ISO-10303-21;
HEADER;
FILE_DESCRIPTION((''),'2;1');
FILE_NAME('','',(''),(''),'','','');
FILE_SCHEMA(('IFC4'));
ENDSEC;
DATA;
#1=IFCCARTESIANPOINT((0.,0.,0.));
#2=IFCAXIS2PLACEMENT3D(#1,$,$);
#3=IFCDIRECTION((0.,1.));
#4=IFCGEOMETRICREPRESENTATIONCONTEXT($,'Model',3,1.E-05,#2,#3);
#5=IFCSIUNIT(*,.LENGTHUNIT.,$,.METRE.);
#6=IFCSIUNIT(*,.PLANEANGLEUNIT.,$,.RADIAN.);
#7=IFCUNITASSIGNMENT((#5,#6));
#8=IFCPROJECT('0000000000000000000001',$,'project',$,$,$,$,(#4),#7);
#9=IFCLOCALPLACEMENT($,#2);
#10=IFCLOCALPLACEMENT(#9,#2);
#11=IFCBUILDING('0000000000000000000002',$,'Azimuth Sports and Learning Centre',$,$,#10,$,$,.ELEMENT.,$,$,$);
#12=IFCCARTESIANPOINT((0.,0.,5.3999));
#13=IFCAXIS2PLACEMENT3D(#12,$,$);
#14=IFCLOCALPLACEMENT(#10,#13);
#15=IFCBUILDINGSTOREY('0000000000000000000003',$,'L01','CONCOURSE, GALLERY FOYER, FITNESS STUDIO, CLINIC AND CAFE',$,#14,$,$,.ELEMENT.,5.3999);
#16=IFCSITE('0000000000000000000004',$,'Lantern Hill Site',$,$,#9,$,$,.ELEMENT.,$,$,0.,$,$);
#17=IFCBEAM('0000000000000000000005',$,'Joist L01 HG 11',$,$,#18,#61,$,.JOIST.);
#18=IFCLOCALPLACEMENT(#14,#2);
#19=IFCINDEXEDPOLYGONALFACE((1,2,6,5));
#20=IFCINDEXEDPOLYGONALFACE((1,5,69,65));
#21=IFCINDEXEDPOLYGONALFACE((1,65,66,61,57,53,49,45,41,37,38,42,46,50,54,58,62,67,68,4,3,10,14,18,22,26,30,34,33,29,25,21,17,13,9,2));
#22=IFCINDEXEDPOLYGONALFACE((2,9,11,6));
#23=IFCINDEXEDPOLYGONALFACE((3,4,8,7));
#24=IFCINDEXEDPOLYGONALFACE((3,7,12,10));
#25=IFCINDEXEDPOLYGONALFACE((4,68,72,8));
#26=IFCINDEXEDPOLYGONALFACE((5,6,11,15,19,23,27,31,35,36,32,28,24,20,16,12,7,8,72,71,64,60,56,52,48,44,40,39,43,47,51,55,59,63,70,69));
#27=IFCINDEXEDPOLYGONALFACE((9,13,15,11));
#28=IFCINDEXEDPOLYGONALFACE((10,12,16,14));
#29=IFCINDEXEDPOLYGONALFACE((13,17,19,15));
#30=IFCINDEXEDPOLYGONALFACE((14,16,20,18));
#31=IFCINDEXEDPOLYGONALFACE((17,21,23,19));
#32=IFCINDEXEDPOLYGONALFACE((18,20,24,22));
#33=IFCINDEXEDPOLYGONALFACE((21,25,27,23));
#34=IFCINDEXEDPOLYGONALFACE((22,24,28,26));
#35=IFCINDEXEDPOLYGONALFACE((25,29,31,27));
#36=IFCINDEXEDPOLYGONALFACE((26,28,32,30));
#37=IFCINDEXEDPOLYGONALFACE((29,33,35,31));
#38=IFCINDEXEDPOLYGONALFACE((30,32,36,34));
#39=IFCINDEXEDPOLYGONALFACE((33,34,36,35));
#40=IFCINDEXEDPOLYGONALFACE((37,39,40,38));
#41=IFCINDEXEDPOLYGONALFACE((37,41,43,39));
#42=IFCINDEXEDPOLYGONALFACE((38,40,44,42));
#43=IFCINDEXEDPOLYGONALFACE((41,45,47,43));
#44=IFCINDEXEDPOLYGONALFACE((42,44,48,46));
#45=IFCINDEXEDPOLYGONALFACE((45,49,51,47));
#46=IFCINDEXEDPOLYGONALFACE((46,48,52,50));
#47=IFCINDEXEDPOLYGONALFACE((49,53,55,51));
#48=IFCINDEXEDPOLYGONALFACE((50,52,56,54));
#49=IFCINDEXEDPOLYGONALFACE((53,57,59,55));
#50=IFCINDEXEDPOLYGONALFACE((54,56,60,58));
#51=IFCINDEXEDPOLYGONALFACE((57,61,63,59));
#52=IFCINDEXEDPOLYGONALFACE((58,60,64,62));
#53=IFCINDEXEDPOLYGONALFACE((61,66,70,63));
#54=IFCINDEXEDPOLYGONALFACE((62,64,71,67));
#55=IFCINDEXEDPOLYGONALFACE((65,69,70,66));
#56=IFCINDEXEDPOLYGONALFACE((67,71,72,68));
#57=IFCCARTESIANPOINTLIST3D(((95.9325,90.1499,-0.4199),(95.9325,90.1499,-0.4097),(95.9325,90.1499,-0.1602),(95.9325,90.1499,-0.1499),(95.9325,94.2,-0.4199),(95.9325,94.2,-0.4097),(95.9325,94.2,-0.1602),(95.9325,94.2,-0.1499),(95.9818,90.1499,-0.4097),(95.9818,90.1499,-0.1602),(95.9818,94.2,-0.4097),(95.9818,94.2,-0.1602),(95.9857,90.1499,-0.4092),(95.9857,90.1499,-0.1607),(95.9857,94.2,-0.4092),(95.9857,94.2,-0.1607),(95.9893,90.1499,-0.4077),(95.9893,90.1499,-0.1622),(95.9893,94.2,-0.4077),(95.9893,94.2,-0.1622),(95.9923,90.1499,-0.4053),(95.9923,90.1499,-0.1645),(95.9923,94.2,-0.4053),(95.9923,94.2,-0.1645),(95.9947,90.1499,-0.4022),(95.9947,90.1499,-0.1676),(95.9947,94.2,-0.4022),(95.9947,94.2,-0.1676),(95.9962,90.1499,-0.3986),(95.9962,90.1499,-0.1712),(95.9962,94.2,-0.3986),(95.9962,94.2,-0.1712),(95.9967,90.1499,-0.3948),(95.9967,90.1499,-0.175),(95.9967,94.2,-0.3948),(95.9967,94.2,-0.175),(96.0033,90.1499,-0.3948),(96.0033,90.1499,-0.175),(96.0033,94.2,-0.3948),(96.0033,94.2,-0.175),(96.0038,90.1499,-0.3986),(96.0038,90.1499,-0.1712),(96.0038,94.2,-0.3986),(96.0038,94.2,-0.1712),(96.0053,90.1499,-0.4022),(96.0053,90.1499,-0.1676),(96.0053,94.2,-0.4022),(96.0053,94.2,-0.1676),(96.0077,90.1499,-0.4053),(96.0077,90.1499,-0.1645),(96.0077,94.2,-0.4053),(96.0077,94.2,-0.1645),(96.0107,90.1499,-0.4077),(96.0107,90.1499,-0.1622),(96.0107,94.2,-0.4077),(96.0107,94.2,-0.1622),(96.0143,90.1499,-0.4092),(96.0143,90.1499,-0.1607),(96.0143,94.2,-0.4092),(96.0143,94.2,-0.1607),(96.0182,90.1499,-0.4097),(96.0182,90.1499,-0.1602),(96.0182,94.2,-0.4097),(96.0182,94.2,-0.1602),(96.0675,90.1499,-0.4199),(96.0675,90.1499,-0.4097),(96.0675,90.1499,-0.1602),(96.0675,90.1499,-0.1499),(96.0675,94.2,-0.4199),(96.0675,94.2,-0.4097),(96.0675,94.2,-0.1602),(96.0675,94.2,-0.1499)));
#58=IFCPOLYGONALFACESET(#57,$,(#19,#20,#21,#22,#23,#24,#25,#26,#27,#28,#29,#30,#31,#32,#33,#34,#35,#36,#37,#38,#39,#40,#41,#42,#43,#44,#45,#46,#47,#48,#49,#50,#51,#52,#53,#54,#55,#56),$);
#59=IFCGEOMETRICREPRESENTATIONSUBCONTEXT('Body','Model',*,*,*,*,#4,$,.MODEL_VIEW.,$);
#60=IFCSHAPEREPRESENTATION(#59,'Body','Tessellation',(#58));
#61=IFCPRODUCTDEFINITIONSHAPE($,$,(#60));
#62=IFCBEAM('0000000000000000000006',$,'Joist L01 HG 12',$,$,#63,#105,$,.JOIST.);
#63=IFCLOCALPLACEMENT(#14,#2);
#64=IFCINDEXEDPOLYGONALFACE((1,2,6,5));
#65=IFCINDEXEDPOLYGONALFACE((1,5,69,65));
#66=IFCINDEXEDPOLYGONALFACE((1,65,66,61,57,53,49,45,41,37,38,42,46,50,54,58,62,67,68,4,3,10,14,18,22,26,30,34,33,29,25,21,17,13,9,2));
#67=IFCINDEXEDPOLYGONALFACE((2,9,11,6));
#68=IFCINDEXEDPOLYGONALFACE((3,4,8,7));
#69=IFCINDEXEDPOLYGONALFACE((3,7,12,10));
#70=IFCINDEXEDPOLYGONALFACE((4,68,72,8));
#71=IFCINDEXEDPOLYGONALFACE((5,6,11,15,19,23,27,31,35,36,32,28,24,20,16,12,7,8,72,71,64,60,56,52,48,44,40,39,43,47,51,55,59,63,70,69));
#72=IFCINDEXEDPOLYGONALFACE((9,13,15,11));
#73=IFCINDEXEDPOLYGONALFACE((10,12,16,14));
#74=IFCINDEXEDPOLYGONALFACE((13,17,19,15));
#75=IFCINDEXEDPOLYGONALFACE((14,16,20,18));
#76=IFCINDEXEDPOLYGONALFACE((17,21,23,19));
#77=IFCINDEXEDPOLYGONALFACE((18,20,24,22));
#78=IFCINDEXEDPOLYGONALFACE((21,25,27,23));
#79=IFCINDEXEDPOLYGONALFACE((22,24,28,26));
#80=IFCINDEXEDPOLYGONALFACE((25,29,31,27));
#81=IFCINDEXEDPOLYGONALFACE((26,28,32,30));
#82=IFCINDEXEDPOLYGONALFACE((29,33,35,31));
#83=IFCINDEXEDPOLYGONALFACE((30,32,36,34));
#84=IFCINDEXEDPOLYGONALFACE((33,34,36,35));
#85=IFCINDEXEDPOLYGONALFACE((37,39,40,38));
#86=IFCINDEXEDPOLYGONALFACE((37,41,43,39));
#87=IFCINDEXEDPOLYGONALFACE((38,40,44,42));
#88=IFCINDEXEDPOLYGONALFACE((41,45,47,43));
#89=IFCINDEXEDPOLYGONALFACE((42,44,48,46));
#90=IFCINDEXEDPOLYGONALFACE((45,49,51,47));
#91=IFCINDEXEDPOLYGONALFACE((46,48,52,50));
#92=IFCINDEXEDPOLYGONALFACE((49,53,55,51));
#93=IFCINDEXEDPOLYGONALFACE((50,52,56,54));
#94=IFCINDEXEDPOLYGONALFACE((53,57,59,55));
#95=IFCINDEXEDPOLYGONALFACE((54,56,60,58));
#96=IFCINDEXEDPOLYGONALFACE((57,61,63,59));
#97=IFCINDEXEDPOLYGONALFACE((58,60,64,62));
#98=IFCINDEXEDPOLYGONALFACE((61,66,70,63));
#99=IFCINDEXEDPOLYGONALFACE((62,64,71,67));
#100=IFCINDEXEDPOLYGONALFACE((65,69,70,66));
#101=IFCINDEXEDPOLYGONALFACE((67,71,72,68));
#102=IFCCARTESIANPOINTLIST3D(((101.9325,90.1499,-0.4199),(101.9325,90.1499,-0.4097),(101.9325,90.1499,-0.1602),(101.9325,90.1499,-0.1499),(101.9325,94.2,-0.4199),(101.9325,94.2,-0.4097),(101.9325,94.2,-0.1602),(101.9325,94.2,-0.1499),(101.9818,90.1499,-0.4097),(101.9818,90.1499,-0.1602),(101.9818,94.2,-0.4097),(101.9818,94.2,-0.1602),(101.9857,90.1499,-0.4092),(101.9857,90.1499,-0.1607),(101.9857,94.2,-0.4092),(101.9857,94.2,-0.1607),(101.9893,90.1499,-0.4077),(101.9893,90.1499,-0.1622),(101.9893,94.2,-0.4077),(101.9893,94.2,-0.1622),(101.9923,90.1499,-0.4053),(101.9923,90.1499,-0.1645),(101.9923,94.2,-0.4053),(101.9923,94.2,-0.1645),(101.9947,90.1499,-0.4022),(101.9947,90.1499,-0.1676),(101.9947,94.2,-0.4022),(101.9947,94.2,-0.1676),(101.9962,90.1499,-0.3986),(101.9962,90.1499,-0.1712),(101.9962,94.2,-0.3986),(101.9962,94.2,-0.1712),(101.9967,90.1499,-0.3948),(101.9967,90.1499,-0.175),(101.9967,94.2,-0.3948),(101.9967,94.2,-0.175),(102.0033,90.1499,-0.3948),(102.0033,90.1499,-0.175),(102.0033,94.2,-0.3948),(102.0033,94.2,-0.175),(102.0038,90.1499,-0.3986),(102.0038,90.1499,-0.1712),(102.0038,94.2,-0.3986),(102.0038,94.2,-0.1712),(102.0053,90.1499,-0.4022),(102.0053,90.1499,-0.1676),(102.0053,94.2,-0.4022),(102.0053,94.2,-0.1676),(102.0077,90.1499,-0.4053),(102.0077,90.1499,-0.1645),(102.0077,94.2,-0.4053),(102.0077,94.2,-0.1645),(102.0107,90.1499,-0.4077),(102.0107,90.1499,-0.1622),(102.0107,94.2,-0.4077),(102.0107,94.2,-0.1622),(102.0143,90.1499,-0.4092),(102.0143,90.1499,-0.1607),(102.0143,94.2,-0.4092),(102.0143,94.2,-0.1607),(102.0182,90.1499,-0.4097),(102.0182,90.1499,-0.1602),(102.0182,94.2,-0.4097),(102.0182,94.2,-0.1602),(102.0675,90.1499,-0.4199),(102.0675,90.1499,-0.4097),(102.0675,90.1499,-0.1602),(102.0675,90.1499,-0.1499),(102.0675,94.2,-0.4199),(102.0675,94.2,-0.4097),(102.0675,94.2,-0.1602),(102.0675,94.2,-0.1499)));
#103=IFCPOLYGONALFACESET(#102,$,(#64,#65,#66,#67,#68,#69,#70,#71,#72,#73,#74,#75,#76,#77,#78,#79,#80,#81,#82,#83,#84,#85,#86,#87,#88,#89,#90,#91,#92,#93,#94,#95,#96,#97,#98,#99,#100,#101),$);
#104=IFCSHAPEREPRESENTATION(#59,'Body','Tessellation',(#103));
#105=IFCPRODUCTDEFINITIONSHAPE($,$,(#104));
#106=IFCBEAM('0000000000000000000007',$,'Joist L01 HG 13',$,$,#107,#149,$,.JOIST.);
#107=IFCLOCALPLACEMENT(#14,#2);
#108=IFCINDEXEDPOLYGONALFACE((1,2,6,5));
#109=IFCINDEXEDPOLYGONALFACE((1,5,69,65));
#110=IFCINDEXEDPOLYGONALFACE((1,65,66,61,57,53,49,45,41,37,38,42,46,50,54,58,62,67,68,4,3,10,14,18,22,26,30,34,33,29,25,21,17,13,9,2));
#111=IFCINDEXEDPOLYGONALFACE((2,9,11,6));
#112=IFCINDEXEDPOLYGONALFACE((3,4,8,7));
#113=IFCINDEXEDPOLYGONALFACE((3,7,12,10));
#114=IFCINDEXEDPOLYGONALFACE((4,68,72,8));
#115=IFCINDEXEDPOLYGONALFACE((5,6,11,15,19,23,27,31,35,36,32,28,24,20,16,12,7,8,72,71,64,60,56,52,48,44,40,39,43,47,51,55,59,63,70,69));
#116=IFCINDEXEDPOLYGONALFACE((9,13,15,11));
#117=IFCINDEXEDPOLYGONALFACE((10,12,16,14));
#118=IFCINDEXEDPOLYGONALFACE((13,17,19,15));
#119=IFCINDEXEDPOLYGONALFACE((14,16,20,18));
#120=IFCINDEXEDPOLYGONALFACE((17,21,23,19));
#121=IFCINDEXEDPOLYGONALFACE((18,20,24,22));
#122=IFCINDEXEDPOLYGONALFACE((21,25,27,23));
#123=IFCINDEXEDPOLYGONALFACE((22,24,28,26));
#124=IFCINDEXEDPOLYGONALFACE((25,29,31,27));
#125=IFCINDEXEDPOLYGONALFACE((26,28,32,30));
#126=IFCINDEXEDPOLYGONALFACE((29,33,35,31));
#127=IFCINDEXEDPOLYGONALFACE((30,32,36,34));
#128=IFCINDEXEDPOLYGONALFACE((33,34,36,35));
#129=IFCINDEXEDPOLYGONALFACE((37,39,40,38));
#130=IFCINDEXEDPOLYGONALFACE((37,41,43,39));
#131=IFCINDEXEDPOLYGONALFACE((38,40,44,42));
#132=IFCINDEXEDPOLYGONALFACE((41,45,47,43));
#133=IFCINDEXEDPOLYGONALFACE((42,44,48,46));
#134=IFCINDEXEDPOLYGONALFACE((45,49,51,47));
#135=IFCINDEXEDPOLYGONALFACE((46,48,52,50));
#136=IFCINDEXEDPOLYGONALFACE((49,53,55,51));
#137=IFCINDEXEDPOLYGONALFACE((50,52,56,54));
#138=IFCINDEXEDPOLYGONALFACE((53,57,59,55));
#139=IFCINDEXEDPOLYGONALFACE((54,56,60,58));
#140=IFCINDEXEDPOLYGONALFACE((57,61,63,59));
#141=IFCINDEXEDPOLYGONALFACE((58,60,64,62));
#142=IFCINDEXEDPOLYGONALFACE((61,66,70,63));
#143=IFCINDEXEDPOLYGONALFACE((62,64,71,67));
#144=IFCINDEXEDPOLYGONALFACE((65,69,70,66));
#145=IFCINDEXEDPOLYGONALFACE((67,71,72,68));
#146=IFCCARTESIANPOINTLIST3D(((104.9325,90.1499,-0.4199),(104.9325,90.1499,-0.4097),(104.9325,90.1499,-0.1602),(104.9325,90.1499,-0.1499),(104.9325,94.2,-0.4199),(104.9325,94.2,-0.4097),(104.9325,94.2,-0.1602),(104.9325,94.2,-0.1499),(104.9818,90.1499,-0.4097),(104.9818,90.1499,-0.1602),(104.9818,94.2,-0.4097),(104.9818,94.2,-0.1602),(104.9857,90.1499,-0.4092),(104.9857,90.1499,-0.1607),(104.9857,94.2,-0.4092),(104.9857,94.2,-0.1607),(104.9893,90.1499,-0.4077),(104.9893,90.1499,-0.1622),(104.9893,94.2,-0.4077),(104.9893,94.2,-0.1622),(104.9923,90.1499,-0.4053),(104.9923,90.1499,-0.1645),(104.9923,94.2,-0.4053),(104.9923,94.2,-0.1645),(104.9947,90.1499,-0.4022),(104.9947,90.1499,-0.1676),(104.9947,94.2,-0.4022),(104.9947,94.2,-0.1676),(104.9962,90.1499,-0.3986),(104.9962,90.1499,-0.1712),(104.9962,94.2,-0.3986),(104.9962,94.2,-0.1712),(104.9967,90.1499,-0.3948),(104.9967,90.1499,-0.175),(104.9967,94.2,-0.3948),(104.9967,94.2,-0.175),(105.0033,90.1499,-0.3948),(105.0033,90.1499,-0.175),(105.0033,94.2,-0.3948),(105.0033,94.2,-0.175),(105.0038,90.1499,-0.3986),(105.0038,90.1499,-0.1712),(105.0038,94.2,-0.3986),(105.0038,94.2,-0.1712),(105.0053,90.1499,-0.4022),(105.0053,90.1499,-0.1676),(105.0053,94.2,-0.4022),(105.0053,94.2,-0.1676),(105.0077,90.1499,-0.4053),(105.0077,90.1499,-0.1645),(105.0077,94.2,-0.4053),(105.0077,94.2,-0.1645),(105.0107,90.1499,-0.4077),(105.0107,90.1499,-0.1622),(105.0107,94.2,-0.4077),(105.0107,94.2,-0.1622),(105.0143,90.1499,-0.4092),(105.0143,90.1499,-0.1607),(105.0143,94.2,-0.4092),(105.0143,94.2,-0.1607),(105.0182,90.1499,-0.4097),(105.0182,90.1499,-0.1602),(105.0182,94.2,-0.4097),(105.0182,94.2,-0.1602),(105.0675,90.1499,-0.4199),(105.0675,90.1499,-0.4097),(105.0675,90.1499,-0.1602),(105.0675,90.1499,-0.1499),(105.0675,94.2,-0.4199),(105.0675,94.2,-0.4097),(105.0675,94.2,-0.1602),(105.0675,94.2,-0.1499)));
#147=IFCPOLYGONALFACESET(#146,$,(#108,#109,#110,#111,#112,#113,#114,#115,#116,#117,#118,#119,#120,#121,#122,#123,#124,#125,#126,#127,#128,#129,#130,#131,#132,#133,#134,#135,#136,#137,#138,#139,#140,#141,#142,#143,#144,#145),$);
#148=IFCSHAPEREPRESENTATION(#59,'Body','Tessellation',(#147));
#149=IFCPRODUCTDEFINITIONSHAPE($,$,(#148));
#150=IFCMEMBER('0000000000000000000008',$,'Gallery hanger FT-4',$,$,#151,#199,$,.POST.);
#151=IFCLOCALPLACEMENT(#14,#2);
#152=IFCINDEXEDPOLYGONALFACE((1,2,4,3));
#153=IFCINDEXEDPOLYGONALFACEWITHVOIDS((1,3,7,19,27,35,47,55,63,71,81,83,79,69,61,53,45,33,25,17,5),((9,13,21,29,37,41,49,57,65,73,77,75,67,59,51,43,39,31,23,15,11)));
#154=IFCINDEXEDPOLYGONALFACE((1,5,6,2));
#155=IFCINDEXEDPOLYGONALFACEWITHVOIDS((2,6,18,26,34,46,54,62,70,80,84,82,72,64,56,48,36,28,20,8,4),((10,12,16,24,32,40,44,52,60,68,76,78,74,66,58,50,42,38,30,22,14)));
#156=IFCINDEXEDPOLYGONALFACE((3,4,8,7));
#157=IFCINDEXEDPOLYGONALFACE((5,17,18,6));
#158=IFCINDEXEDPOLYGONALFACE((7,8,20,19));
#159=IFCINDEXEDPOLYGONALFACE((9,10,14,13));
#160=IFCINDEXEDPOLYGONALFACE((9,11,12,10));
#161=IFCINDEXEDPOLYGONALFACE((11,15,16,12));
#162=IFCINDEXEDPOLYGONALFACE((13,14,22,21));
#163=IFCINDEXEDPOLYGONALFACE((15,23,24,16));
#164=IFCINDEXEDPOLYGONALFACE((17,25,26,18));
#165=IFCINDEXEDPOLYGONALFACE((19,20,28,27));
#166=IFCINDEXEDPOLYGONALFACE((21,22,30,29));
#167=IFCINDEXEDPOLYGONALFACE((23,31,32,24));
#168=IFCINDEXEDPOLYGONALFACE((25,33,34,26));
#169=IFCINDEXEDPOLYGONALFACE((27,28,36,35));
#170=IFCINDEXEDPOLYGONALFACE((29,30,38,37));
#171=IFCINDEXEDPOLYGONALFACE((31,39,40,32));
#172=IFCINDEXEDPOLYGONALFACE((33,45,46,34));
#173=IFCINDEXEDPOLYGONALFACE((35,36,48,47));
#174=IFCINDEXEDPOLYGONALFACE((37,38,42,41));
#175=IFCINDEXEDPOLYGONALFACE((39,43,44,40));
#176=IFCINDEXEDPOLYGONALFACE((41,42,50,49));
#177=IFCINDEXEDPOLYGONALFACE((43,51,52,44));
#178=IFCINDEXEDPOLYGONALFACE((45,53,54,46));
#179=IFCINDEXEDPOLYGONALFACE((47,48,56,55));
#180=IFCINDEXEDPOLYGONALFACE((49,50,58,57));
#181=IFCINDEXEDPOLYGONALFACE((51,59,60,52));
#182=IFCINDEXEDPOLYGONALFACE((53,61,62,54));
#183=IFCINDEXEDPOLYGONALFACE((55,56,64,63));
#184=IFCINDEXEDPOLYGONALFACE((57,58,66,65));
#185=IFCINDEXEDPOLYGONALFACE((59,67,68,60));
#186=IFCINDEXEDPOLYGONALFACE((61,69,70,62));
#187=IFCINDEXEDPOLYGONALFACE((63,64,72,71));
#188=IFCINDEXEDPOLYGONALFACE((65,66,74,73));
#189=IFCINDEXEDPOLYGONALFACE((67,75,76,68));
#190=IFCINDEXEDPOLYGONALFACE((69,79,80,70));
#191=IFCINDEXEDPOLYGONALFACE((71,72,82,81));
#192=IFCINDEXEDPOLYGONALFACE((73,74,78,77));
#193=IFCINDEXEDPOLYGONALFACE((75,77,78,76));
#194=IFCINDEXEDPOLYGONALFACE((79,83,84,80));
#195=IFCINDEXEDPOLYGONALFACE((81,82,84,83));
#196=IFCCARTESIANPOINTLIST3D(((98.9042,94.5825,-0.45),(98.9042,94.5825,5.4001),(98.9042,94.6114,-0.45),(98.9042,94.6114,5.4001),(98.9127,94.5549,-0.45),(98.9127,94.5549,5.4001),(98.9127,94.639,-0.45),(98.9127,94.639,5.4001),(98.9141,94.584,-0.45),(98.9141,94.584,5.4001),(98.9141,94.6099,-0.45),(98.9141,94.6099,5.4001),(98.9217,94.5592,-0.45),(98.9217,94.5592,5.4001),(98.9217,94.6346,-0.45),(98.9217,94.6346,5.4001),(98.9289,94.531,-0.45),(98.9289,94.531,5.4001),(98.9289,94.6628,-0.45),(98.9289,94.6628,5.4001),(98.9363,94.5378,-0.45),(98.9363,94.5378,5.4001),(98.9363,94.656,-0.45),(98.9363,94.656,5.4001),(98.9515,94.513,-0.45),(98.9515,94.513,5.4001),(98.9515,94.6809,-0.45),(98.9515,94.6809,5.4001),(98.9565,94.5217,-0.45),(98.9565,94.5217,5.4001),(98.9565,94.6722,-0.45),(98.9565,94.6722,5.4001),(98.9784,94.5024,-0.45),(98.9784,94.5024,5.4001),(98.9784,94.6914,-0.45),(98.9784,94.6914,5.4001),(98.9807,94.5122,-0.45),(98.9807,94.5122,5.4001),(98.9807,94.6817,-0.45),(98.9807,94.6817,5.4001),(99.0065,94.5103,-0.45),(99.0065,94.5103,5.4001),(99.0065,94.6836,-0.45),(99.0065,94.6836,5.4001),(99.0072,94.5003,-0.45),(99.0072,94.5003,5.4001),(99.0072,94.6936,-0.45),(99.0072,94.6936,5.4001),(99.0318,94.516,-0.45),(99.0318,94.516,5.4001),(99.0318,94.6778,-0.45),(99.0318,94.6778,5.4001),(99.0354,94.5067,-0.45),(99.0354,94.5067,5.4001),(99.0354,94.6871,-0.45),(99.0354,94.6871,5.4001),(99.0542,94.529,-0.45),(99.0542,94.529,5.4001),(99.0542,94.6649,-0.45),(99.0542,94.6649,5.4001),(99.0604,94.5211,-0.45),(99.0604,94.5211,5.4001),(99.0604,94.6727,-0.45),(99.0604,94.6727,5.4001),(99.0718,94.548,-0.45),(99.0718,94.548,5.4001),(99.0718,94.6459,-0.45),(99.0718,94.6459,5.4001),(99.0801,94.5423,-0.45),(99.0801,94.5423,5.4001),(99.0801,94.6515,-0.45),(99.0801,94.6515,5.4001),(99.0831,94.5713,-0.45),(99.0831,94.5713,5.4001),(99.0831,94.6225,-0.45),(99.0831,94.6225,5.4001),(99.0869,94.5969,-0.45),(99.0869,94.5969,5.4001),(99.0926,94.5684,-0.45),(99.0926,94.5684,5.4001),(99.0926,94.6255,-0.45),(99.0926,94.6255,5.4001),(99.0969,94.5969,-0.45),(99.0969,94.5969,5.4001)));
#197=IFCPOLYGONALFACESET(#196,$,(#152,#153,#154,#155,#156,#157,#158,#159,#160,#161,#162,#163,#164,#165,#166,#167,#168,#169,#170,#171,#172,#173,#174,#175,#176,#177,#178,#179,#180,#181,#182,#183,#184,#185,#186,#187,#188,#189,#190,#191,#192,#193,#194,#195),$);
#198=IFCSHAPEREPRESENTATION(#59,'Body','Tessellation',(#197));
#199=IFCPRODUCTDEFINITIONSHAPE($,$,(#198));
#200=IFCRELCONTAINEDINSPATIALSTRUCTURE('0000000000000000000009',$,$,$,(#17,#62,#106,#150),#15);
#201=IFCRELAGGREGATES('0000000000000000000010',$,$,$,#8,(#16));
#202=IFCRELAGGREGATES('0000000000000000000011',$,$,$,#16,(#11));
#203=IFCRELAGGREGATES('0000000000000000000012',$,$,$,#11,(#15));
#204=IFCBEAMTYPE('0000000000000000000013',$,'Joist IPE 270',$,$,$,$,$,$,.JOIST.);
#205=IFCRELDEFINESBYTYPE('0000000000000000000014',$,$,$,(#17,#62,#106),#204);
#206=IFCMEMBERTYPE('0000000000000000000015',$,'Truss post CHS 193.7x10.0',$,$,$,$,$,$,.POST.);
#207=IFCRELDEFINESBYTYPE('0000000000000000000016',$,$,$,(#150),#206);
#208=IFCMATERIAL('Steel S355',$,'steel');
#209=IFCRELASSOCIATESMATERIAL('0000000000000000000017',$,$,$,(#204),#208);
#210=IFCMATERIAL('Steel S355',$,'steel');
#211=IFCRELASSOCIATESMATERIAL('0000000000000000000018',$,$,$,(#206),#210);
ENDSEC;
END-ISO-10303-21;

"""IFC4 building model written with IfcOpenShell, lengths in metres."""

from ifc_helpers import new_model, si_unit, direction, frame, origin, origin_2d, place, context, subcontext, project, spatial, hollow_circle, i_section, extrude, material, material_profile, profile_set, type_object, element, save


model = new_model("IFC4")

# Units and contexts
model_context = context("Model", 3, precision=1e-05, world=origin(), true_north=direction((0.0, 1.0)))
body_context = subcontext(model_context, "Body", "Model", "MODEL_VIEW")
ifc_project = project(units=[si_unit("LENGTHUNIT", "METRE"), si_unit("PLANEANGLEUNIT", "RADIAN")], contexts=[model_context])

# Site, building, storey
site_placement = place(None, origin())
site = spatial("IfcSite", under=ifc_project, at=site_placement, Name="Lantern Hill Site", CompositionType="ELEMENT", RefElevation=0.0)
building_placement = place(site_placement, origin())
building = spatial("IfcBuilding", under=site, at=building_placement, Name="Azimuth Sports and Learning Centre", CompositionType="ELEMENT")
storey_placement = place(building_placement, frame((0.0, 0.0, 5.3999)))
storey = spatial("IfcBuildingStorey", under=building, at=storey_placement, Name="L01", Description="CONCOURSE, GALLERY FOYER, FITNESS STUDIO, CLINIC AND CAFE", CompositionType="ELEMENT", Elevation=5.3999)

# Beams
ifc_material_1 = material(Name="Steel S355", Category="steel")
ifc_material_profile_1 = material_profile(ifc_material_1, i_section(OverallWidth=0.135, OverallDepth=0.27, WebThickness=0.0066, FlangeThickness=0.0103, FilletRadius=0.0149, at=origin_2d()), Name="IPE 270")
ifc_profile_set_1 = profile_set([ifc_material_profile_1], Name="Steel S355")
beam_type_1 = type_object("IfcBeamType", Name="Joist IPE 270", PredefinedType="JOIST", material=ifc_profile_set_1)
for number, where, z_axis, x_axis, name in (
    (1, (96.0, 90.1499, -0.2849), (0.0, 1.0, 0.0), (-1.0, 0.0, 0.0), "Joist L01 HG 11"),
    (2, (102.0, 90.1499, -0.2849), (0.0, 1.0, 0.0), (-1.0, 0.0, 0.0), "Joist L01 HG 12"),
    (3, (105.0, 90.1499, -0.2849), (0.0, 1.0, 0.0), (-1.0, 0.0, 0.0), "Joist L01 HG 13"),
):
    element("IfcBeam", number, at=place(storey_placement, frame(where, z_axis=z_axis, x_axis=x_axis)), inside=storey, type_object=beam_type_1, Name=name, PredefinedType="JOIST", context=body_context, shape_type="SweptSolid", body=[
        extrude(i_section(OverallWidth=0.135, OverallDepth=0.27, WebThickness=0.0066, FlangeThickness=0.0103, FilletRadius=0.0149, at=origin_2d()), origin(), (0.0, 0.0, 1.0), 4.05),
    ])

# Member
ifc_material_2 = material(Name="Steel S355", Category="steel")
ifc_material_profile_2 = material_profile(ifc_material_2, hollow_circle(Radius=0.0969, WallThickness=0.01, at=origin_2d()), Name="CHS 193.7x10.0")
ifc_profile_set_2 = profile_set([ifc_material_profile_2], Name="Steel S355")
member_type = type_object("IfcMemberType", Name="Truss post CHS 193.7x10.0", PredefinedType="POST", material=ifc_profile_set_2)
member_placement = place(storey_placement, frame((99.0, 94.5969, -0.45), z_axis=(0.0, 0.0, 1.0), x_axis=(1.0, 0.0, 0.0)))
element("IfcMember", 4, at=member_placement, inside=storey, type_object=member_type, Name="Gallery hanger FT-4", PredefinedType="POST", context=body_context, shape_type="SweptSolid", body=[
    extrude(hollow_circle(Radius=0.0969, WallThickness=0.01, at=origin_2d()), origin(), (0.0, 0.0, 1.0), 5.8501),
])

save(model, "model.ifc")
